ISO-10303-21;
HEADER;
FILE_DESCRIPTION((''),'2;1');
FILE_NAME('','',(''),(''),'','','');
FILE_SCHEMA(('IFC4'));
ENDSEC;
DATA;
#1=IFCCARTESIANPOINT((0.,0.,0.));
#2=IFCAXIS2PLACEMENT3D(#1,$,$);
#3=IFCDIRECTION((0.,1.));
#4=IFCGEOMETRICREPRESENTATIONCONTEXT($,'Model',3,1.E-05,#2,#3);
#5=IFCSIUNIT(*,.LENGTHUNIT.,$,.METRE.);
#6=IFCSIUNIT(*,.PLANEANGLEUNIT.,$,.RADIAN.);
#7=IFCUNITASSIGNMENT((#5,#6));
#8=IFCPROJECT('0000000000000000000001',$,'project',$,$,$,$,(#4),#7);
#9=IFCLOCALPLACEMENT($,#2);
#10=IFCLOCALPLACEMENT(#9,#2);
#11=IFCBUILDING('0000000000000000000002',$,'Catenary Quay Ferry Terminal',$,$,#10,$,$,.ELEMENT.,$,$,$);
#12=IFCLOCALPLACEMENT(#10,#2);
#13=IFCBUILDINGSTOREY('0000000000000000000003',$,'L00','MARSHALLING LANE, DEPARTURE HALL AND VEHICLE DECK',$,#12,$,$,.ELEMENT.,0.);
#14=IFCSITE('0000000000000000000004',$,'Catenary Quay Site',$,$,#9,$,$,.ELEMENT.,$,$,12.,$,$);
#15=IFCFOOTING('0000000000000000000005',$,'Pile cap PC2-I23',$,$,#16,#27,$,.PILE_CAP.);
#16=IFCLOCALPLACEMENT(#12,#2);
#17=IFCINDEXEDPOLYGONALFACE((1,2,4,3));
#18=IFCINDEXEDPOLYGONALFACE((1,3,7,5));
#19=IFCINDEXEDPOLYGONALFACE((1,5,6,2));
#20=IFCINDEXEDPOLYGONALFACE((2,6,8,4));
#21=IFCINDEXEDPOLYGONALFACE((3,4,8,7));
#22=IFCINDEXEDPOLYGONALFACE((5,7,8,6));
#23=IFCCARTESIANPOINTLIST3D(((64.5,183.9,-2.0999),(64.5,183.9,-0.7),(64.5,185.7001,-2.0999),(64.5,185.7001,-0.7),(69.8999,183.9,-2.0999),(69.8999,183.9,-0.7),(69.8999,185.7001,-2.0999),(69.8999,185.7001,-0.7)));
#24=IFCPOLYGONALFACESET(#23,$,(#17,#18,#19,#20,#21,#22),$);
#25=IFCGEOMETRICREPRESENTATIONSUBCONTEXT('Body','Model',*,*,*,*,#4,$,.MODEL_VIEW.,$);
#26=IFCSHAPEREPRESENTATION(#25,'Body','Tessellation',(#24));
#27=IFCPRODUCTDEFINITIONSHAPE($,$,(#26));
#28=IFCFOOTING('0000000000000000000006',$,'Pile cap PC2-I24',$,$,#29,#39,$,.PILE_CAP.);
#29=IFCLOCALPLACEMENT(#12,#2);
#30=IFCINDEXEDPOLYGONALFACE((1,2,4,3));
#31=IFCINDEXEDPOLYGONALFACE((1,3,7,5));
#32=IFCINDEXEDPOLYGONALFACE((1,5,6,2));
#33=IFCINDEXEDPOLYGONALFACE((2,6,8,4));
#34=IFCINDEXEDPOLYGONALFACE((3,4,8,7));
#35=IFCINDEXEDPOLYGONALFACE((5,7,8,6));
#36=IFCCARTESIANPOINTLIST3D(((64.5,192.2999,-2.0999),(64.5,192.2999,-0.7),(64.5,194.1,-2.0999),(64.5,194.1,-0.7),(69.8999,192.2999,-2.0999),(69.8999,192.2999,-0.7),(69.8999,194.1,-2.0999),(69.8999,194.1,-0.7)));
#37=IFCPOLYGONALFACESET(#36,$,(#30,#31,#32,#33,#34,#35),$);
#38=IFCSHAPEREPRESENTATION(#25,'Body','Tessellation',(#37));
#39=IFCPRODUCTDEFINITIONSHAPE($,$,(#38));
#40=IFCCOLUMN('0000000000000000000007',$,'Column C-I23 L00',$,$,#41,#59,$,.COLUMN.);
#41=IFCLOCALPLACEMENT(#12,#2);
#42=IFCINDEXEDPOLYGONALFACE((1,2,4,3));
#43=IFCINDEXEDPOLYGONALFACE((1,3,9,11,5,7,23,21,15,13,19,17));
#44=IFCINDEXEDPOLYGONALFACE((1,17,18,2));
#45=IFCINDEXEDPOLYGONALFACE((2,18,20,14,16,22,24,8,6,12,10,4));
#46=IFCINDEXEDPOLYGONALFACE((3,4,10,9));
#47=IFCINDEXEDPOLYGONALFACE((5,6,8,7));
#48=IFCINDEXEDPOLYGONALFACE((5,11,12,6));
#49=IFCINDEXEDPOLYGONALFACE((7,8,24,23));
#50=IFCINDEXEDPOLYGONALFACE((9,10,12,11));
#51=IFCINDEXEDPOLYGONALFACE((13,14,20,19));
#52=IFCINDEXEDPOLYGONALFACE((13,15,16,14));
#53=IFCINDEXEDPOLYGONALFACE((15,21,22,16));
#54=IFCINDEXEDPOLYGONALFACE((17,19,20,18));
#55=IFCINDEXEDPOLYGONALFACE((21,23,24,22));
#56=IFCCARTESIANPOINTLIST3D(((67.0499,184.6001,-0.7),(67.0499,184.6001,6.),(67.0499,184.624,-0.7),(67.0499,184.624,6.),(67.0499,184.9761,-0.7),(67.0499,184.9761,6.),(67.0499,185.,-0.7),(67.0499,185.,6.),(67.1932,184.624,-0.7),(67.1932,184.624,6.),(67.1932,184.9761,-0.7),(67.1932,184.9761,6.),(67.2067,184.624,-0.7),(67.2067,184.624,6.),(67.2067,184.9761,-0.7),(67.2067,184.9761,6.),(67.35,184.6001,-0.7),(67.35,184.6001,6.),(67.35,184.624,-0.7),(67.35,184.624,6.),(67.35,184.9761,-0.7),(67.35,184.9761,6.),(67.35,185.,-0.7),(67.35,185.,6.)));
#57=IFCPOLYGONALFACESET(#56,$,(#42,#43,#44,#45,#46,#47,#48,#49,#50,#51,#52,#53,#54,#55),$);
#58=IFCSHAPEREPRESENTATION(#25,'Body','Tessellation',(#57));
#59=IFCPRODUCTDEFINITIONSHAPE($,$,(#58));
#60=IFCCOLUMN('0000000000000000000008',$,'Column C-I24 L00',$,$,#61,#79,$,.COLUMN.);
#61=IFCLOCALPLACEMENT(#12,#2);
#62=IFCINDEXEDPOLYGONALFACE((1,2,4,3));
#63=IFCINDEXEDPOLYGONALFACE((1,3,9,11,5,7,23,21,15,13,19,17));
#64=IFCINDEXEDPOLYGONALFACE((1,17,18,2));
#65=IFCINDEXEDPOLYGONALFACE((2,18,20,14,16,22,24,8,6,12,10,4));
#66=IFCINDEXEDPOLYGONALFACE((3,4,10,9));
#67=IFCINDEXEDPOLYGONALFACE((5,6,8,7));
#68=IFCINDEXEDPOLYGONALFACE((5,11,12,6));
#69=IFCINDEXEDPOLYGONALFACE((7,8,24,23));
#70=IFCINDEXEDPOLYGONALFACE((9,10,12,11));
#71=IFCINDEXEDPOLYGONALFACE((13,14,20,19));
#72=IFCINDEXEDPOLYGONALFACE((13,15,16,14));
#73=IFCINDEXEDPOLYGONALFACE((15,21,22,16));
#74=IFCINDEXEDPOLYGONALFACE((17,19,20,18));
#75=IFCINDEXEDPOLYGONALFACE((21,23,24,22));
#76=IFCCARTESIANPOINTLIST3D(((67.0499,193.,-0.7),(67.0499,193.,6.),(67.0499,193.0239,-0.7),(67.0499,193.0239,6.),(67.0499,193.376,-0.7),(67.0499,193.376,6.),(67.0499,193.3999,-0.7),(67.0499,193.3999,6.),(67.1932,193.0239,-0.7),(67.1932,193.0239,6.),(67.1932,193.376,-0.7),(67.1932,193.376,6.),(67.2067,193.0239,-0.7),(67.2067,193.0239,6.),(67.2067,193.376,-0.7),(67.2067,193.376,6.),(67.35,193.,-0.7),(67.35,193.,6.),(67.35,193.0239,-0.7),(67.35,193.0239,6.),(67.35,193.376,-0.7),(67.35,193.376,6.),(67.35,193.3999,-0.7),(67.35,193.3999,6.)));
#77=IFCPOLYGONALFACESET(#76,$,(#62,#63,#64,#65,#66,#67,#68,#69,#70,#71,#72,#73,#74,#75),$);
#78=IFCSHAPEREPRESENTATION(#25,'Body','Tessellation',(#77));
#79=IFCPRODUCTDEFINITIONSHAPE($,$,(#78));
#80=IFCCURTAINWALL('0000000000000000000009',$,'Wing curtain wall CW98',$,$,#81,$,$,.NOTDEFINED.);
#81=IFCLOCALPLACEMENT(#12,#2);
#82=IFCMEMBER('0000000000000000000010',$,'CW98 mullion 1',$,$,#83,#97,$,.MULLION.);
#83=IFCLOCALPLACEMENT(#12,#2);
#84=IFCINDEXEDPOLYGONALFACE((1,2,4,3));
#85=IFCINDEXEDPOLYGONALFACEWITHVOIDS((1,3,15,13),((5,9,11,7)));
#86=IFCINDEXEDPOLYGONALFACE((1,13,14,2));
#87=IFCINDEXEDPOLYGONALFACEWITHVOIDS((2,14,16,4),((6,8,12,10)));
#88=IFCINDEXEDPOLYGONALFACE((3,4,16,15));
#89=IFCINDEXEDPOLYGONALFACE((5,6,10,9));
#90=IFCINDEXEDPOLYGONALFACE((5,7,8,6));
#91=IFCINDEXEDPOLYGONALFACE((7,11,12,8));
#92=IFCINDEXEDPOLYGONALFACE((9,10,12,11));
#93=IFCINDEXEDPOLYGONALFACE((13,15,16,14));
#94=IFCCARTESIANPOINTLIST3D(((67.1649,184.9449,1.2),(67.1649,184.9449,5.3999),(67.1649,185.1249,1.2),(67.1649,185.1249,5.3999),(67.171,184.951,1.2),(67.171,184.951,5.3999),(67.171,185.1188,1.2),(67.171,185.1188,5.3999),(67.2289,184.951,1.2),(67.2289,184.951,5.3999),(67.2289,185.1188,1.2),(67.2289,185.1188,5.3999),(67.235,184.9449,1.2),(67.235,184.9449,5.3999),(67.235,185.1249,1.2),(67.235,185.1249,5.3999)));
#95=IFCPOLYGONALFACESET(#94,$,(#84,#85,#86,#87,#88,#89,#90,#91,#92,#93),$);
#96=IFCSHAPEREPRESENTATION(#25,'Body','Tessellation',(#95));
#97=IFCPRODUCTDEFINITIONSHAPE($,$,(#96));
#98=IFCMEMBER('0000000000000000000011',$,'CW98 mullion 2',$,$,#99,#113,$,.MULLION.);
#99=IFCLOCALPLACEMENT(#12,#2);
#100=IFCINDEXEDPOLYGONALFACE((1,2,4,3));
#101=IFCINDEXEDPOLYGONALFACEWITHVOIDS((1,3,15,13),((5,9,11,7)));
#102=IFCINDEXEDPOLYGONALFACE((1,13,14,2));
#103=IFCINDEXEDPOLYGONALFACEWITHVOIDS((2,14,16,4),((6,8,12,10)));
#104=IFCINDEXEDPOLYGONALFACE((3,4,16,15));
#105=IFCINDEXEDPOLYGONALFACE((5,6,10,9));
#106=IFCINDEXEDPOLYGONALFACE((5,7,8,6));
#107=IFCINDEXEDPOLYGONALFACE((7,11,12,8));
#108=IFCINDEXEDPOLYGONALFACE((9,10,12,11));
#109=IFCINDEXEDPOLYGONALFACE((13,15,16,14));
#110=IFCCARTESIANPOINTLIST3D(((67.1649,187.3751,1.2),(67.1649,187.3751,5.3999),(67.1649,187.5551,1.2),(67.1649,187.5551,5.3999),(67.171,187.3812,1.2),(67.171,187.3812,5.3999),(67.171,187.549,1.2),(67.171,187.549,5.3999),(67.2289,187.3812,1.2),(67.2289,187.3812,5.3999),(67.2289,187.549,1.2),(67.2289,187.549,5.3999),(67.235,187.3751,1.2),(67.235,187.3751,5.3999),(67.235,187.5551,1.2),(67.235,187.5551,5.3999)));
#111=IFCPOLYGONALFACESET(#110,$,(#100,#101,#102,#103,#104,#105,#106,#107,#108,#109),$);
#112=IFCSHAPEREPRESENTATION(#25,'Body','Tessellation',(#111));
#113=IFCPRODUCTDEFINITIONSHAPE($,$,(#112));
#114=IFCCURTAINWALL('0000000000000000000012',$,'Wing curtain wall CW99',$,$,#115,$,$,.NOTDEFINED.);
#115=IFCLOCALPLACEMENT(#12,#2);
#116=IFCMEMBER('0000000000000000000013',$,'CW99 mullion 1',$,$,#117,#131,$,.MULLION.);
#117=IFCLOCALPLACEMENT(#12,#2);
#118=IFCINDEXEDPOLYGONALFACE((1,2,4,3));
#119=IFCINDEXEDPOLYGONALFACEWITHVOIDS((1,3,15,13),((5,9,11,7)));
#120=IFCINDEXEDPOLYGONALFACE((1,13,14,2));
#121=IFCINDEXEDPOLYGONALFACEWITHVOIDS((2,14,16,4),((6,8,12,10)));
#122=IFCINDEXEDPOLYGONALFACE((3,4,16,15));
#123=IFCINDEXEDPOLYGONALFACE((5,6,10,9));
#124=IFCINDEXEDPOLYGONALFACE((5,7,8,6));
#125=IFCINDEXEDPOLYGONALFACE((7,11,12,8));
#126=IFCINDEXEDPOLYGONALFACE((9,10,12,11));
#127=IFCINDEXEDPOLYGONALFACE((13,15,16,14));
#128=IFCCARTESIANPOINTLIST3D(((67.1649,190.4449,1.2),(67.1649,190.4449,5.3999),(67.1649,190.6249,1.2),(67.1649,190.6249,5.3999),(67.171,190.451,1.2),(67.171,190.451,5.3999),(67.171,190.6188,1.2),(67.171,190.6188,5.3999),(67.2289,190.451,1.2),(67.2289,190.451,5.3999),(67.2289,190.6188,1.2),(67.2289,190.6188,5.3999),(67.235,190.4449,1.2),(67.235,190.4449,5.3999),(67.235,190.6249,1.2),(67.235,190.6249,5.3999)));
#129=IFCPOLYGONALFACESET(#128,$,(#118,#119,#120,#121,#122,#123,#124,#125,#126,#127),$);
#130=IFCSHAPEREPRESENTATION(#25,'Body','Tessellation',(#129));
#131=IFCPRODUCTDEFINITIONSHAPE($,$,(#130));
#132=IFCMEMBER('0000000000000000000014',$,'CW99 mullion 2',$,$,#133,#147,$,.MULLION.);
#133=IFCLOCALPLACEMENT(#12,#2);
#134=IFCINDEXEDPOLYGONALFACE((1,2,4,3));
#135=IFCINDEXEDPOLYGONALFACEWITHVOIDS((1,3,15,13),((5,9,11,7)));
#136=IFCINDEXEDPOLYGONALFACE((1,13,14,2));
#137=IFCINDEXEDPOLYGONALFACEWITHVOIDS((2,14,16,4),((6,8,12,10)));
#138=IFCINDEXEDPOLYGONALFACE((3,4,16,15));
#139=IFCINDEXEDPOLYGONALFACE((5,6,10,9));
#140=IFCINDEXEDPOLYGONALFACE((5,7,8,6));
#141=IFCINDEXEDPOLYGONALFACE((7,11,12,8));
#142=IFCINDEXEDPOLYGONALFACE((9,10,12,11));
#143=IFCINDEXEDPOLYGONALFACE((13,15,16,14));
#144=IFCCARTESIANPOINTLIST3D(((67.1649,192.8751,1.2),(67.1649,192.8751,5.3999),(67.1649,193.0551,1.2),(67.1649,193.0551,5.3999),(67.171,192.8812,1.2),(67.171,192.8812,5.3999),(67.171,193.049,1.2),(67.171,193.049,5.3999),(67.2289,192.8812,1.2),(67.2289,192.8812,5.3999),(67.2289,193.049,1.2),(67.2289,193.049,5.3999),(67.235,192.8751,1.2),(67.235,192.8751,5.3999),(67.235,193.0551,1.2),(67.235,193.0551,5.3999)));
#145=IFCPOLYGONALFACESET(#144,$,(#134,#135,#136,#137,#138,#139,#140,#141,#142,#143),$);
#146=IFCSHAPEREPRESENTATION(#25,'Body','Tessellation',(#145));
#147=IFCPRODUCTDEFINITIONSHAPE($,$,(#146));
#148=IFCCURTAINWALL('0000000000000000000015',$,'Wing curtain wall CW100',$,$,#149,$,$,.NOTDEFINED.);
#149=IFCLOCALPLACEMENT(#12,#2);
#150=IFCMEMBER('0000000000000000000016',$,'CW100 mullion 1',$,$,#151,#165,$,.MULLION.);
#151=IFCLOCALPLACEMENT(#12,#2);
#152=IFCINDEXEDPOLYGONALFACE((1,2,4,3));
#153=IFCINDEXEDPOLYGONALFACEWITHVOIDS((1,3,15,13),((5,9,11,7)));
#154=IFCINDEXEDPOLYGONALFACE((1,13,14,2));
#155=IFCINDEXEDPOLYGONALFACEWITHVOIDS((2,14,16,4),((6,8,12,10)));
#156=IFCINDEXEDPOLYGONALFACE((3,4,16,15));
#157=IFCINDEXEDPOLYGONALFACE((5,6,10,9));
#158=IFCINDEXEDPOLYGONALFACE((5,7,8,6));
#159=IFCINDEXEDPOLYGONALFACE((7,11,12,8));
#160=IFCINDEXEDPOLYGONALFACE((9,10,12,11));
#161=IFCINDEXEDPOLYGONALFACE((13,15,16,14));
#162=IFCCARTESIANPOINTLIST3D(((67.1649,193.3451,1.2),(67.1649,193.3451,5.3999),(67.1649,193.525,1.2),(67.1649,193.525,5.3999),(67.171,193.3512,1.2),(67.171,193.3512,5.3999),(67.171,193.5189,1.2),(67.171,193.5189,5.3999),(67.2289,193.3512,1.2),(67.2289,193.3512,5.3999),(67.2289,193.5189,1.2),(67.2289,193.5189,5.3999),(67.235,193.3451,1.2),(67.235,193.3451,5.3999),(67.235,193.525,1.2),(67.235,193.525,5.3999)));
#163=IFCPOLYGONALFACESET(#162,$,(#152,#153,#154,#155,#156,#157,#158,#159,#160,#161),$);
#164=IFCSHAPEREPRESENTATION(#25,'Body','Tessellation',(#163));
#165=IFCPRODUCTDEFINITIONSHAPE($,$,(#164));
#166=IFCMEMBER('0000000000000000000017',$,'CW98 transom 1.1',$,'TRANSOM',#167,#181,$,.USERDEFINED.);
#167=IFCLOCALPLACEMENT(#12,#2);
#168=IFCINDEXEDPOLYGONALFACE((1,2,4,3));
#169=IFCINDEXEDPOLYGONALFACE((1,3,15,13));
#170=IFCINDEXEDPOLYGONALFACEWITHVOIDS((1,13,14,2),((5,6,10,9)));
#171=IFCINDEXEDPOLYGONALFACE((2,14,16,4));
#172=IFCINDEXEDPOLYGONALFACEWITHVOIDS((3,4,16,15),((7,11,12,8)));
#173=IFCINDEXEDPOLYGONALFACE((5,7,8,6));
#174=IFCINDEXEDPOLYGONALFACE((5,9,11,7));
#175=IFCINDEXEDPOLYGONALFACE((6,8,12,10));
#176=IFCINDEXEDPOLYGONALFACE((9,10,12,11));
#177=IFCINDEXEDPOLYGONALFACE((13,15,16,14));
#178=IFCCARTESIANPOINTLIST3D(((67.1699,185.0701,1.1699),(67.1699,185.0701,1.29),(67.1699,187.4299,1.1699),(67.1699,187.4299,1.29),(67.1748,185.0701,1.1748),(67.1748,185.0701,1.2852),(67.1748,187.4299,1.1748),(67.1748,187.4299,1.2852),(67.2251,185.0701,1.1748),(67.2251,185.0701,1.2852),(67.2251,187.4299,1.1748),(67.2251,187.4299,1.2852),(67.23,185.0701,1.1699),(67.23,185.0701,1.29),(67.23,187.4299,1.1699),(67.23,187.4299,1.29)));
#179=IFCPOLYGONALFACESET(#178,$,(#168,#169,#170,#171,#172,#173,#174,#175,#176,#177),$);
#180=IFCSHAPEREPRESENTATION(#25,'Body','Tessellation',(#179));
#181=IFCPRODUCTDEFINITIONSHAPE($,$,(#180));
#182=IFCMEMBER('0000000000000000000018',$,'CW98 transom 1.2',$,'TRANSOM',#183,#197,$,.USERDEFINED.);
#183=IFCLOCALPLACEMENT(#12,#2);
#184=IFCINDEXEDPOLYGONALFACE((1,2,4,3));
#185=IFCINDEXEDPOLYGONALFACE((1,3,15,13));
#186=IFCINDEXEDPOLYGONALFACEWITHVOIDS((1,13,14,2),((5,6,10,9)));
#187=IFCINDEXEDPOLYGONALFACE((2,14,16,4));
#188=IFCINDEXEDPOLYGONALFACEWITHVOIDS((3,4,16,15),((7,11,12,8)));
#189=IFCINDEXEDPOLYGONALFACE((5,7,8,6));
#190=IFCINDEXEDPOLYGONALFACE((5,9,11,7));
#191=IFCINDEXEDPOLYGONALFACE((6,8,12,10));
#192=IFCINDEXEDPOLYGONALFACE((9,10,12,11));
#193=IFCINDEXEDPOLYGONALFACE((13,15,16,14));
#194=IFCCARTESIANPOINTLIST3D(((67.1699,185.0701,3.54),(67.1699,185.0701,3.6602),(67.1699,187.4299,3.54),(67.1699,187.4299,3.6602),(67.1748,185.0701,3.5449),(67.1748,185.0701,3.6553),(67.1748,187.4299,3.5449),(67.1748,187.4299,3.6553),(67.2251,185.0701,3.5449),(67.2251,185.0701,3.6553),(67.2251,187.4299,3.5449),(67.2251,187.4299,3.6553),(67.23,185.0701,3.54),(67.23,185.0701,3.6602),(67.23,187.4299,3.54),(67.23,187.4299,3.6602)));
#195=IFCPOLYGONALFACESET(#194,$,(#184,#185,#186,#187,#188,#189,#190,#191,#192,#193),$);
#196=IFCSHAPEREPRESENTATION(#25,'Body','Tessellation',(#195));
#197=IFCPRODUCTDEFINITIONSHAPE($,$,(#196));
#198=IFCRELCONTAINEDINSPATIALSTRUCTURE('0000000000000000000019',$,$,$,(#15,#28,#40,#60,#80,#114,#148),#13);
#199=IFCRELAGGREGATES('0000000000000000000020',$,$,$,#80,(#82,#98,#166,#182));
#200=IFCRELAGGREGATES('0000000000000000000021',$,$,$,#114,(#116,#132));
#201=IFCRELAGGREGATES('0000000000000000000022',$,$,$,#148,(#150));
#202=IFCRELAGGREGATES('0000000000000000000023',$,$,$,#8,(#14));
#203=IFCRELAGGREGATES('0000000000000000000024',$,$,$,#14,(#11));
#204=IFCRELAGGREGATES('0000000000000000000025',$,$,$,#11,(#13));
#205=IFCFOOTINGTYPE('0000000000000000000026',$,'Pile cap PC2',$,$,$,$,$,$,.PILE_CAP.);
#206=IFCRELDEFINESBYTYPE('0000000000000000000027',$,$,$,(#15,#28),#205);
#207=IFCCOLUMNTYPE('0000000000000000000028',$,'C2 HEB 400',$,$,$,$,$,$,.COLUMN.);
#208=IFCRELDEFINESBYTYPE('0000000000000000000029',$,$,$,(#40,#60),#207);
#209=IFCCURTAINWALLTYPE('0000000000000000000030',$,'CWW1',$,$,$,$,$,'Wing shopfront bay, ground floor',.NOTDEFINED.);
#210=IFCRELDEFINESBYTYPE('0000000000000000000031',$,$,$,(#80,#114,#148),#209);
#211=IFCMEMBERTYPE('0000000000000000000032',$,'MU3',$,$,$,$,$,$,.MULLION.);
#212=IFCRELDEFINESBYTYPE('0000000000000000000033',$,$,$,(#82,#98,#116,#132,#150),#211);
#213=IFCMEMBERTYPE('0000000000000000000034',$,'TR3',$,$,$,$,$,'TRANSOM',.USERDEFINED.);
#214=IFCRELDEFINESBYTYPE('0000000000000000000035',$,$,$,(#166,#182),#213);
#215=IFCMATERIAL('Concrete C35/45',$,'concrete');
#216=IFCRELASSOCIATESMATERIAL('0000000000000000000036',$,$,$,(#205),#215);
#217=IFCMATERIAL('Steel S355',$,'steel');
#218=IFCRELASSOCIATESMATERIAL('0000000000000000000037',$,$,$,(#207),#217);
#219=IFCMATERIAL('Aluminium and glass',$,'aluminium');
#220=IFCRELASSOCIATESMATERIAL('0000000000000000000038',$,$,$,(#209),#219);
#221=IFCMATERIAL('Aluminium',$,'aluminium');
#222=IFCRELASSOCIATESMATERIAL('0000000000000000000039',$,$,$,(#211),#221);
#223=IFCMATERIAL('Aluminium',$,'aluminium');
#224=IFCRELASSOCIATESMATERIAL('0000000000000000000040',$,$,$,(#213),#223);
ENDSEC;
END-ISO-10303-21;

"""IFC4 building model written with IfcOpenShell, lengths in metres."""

from ifc_helpers import new_model, si_unit, direction, frame, origin, origin_2d, place, context, subcontext, project, spatial, rectangle, hollow_rectangle, i_section, extrude, material, material_profile, profile_set, type_object, element, aggregate, save


model = new_model("IFC4")

# Units and contexts
model_context = context("Model", 3, precision=1e-05, world=origin(), true_north=direction((0.0, 1.0)))
body_context = subcontext(model_context, "Body", "Model", "MODEL_VIEW")
ifc_project = project(units=[si_unit("LENGTHUNIT", "METRE"), si_unit("PLANEANGLEUNIT", "RADIAN")], contexts=[model_context])

# Site, building, storey
site_placement = place(None, origin())
site = spatial("IfcSite", under=ifc_project, at=site_placement, Name="Catenary Quay Site", CompositionType="ELEMENT", RefElevation=12.0)
building_placement = place(site_placement, origin())
building = spatial("IfcBuilding", under=site, at=building_placement, Name="Catenary Quay Ferry Terminal", CompositionType="ELEMENT")
storey_placement = place(building_placement, origin())
storey = spatial("IfcBuildingStorey", under=building, at=storey_placement, Name="L00", Description="MARSHALLING LANE, DEPARTURE HALL AND VEHICLE DECK", CompositionType="ELEMENT", Elevation=0.0)

# Footings
ifc_material_1 = material(Name="Concrete C35/45", Category="concrete")
footing_type = type_object("IfcFootingType", Name="Pile cap PC2", PredefinedType="PILE_CAP", material=ifc_material_1)
for number, where, z_axis, x_axis, name in (
    (1, (67.2, 184.8, -2.0999), (0.0, 0.0, 1.0), (1.0, 0.0, 0.0), "Pile cap PC2-I23"),
    (2, (67.2, 193.2, -2.0999), (0.0, 0.0, 1.0), (1.0, 0.0, 0.0), "Pile cap PC2-I24"),
):
    element("IfcFooting", number, at=place(storey_placement, frame(where, z_axis=z_axis, x_axis=x_axis)), inside=storey, type_object=footing_type, Name=name, PredefinedType="PILE_CAP", context=body_context, shape_type="SweptSolid", body=[
        extrude(rectangle(XDim=5.3999, YDim=1.8, at=origin_2d()), origin(), (0.0, 0.0, 1.0), 1.3999),
    ])

# Columns
ifc_material_2 = material(Name="Steel S355", Category="steel")
ifc_material_profile_1 = material_profile(ifc_material_2, i_section(OverallWidth=0.3, OverallDepth=0.3999, WebThickness=0.0134, FlangeThickness=0.0239, at=origin_2d()), Name="HEB 400")
ifc_profile_set_1 = profile_set([ifc_material_profile_1], Name="Steel S355")
column_type = type_object("IfcColumnType", Name="C2 HEB 400", PredefinedType="COLUMN", material=ifc_profile_set_1)
for number, where, z_axis, x_axis, name in (
    (3, (67.2, 184.8, -0.7), (0.0, 0.0, 1.0), (1.0, 0.0, 0.0), "Column C-I23 L00"),
    (4, (67.2, 193.2, -0.7), (0.0, 0.0, 1.0), (1.0, 0.0, 0.0), "Column C-I24 L00"),
):
    element("IfcColumn", number, at=place(storey_placement, frame(where, z_axis=z_axis, x_axis=x_axis)), inside=storey, type_object=column_type, Name=name, PredefinedType="COLUMN", context=body_context, shape_type="SweptSolid", body=[
        extrude(i_section(OverallWidth=0.3, OverallDepth=0.3999, WebThickness=0.0134, FlangeThickness=0.0239, at=origin_2d()), origin(), (0.0, 0.0, 1.0), 6.7),
    ])

# Curtain walls, members
ifc_material_3 = material(Name="Aluminium and glass", Category="aluminium")
curtain_wall_type = type_object("IfcCurtainWallType", Name="CWW1", ElementType="Wing shopfront bay, ground floor", PredefinedType="NOTDEFINED", material=ifc_material_3)
curtain_wall_1_placement = place(storey_placement, origin())
curtain_wall_1 = element("IfcCurtainWall", 5, at=curtain_wall_1_placement, inside=storey, type_object=curtain_wall_type, Name="Wing curtain wall CW98", PredefinedType="NOTDEFINED")
ifc_material_4 = material(Name="Aluminium", Category="aluminium")
ifc_material_profile_2 = material_profile(ifc_material_4, hollow_rectangle(XDim=0.0701, YDim=0.1799, WallThickness=0.0061, at=origin_2d()), Name="MU3")
ifc_profile_set_2 = profile_set([ifc_material_profile_2], Name="Aluminium")
member_type_1 = type_object("IfcMemberType", Name="MU3", PredefinedType="MULLION", material=ifc_profile_set_2)
member_1_placement = place(storey_placement, frame((67.2, 185.0349, 1.2), z_axis=(0.0, 0.0, 1.0), x_axis=(-1.0, 0.0, 0.0)))
member_1 = element("IfcMember", 6, at=member_1_placement, type_object=member_type_1, Name="CW98 mullion 1", PredefinedType="MULLION", context=body_context, shape_type="SweptSolid", body=[
    extrude(hollow_rectangle(XDim=0.0701, YDim=0.1799, WallThickness=0.0061, at=origin_2d()), origin(), (0.0, 0.0, 1.0), 4.2),
])
member_2_placement = place(storey_placement, frame((67.2, 187.4651, 1.2), z_axis=(0.0, 0.0, 1.0), x_axis=(-1.0, 0.0, 0.0)))
member_2 = element("IfcMember", 7, at=member_2_placement, type_object=member_type_1, Name="CW98 mullion 2", PredefinedType="MULLION", context=body_context, shape_type="SweptSolid", body=[
    extrude(hollow_rectangle(XDim=0.0701, YDim=0.1799, WallThickness=0.0061, at=origin_2d()), origin(), (0.0, 0.0, 1.0), 4.2),
])
curtain_wall_2_placement = place(storey_placement, origin())
curtain_wall_2 = element("IfcCurtainWall", 8, at=curtain_wall_2_placement, inside=storey, type_object=curtain_wall_type, Name="Wing curtain wall CW99", PredefinedType="NOTDEFINED")
member_3_placement = place(storey_placement, frame((67.2, 190.5349, 1.2), z_axis=(0.0, 0.0, 1.0), x_axis=(-1.0, 0.0, 0.0)))
member_3 = element("IfcMember", 9, at=member_3_placement, type_object=member_type_1, Name="CW99 mullion 1", PredefinedType="MULLION", context=body_context, shape_type="SweptSolid", body=[
    extrude(hollow_rectangle(XDim=0.0701, YDim=0.1799, WallThickness=0.0061, at=origin_2d()), origin(), (0.0, 0.0, 1.0), 4.2),
])
member_4_placement = place(storey_placement, frame((67.2, 192.9651, 1.2), z_axis=(0.0, 0.0, 1.0), x_axis=(-1.0, 0.0, 0.0)))
member_4 = element("IfcMember", 10, at=member_4_placement, type_object=member_type_1, Name="CW99 mullion 2", PredefinedType="MULLION", context=body_context, shape_type="SweptSolid", body=[
    extrude(hollow_rectangle(XDim=0.0701, YDim=0.1799, WallThickness=0.0061, at=origin_2d()), origin(), (0.0, 0.0, 1.0), 4.2),
])

# Curtain wall, member
curtain_wall_3_placement = place(storey_placement, origin())
curtain_wall_3 = element("IfcCurtainWall", 11, at=curtain_wall_3_placement, inside=storey, type_object=curtain_wall_type, Name="Wing curtain wall CW100", PredefinedType="NOTDEFINED")
member_5_placement = place(storey_placement, frame((67.2, 193.4351, 1.2), z_axis=(0.0, 0.0, 1.0), x_axis=(-1.0, 0.0, 0.0)))
member_5 = element("IfcMember", 12, at=member_5_placement, type_object=member_type_1, Name="CW100 mullion 1", PredefinedType="MULLION", context=body_context, shape_type="SweptSolid", body=[
    extrude(hollow_rectangle(XDim=0.0701, YDim=0.1799, WallThickness=0.0061, at=origin_2d()), origin(), (0.0, 0.0, 1.0), 4.2),
])

# Members
ifc_material_5 = material(Name="Aluminium", Category="aluminium")
ifc_material_profile_3 = material_profile(ifc_material_5, hollow_rectangle(XDim=0.0601, YDim=0.1201, WallThickness=0.0049, at=origin_2d()), Name="TR3")
ifc_profile_set_3 = profile_set([ifc_material_profile_3], Name="Aluminium")
member_type_2 = type_object("IfcMemberType", Name="TR3", ElementType="TRANSOM", PredefinedType="USERDEFINED", material=ifc_profile_set_3)
member_6_placement = place(storey_placement, frame((67.2, 185.0701, 1.23), z_axis=(0.0, 1.0, 0.0), x_axis=(-1.0, 0.0, 0.0)))
member_6 = element("IfcMember", 13, at=member_6_placement, type_object=member_type_2, Name="CW98 transom 1.1", ObjectType="TRANSOM", PredefinedType="USERDEFINED", context=body_context, shape_type="SweptSolid", body=[
    extrude(hollow_rectangle(XDim=0.0601, YDim=0.1201, WallThickness=0.0049, at=origin_2d()), origin(), (0.0, 0.0, 1.0), 2.3599),
])
member_7_placement = place(storey_placement, frame((67.2, 185.0701, 3.6001), z_axis=(0.0, 1.0, 0.0), x_axis=(-1.0, 0.0, 0.0)))
member_7 = element("IfcMember", 14, at=member_7_placement, type_object=member_type_2, Name="CW98 transom 1.2", ObjectType="TRANSOM", PredefinedType="USERDEFINED", context=body_context, shape_type="SweptSolid", body=[
    extrude(hollow_rectangle(XDim=0.0601, YDim=0.1201, WallThickness=0.0049, at=origin_2d()), origin(), (0.0, 0.0, 1.0), 2.3599),
])

aggregate(curtain_wall_1, [member_1, member_2, member_6, member_7])
aggregate(curtain_wall_2, [member_3, member_4])
aggregate(curtain_wall_3, [member_5])

save(model, "model.ifc")
